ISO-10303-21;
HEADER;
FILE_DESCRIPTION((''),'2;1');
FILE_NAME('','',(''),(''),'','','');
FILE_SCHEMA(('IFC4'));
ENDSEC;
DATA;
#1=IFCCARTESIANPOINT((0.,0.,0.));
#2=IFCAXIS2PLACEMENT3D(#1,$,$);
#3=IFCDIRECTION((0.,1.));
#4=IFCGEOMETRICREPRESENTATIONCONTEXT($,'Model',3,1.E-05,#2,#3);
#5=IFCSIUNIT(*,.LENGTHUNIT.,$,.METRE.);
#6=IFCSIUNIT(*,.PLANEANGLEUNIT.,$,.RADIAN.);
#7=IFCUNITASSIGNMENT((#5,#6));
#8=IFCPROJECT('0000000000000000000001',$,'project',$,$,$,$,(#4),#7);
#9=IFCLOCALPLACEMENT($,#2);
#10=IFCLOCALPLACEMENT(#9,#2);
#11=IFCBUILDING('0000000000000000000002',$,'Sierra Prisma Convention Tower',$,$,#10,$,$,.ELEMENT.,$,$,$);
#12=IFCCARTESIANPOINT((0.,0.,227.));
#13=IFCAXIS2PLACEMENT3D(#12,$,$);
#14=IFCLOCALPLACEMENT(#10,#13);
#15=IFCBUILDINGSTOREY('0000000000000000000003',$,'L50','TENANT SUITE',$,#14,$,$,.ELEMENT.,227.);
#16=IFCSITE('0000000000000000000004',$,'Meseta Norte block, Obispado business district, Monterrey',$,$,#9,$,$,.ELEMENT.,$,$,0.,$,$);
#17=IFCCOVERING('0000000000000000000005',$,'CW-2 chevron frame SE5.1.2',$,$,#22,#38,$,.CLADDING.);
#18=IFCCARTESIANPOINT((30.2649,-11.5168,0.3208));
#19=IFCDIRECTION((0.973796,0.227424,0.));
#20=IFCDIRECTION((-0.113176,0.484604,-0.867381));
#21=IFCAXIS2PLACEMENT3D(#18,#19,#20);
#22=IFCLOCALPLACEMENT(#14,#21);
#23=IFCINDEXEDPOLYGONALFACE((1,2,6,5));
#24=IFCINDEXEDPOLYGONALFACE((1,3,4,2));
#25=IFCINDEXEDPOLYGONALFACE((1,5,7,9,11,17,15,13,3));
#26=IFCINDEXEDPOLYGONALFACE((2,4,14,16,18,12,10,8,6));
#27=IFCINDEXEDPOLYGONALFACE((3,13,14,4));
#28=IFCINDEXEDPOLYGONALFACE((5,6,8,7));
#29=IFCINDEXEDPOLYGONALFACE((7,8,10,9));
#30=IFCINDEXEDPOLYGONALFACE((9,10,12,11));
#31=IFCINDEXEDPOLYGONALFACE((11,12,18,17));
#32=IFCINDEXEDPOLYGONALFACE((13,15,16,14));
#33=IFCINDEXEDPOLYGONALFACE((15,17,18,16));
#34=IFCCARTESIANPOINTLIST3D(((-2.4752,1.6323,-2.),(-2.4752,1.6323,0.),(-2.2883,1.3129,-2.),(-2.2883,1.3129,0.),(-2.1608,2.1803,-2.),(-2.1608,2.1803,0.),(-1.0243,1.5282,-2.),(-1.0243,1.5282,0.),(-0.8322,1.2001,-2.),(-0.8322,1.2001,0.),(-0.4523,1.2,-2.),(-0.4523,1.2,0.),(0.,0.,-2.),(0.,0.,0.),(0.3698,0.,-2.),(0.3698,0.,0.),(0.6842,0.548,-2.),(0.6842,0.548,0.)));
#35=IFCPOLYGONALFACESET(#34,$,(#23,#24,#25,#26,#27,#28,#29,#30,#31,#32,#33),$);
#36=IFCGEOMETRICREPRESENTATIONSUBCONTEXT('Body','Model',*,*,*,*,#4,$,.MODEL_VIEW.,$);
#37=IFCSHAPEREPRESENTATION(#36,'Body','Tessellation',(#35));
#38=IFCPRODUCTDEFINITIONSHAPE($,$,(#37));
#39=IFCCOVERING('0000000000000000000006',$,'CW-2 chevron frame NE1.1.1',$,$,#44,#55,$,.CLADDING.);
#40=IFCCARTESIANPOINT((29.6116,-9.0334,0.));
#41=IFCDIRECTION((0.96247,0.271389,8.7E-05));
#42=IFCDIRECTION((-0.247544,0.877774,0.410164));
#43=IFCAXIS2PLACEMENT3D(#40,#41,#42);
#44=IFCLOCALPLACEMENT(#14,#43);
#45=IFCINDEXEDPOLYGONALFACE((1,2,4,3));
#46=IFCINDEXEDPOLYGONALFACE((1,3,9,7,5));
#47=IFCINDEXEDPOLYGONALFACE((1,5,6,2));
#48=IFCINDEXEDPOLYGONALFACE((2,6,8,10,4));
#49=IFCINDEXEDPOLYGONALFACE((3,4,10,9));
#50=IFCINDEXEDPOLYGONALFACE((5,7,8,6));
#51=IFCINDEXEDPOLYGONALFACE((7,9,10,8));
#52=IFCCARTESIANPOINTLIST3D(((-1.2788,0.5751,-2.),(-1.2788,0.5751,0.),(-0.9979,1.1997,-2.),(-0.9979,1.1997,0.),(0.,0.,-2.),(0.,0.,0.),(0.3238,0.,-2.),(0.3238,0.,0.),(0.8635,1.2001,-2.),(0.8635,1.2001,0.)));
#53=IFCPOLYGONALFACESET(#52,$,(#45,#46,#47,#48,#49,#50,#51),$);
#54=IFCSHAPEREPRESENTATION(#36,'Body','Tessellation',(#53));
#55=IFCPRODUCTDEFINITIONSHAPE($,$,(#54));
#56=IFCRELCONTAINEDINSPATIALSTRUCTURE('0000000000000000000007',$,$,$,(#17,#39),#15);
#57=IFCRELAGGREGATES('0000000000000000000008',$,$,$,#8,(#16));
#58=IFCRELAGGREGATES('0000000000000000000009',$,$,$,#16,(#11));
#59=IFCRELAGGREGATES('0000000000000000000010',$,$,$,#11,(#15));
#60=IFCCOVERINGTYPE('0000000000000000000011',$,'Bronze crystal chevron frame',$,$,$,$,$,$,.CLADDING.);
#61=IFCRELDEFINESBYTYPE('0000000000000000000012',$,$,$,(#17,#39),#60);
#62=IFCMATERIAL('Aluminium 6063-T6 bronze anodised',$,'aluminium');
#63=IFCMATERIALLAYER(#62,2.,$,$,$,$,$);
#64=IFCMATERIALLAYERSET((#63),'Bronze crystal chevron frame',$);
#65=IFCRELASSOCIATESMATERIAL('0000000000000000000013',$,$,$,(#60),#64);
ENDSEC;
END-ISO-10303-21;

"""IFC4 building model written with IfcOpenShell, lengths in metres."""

from ifc_helpers import new_model, si_unit, direction, frame, origin, place, context, subcontext, project, spatial, polyline, outline, extrude, material, layer, layer_set, type_object, element, save


model = new_model("IFC4")

# Units and contexts
model_context = context("Model", 3, precision=1e-05, world=origin(), true_north=direction((0.0, 1.0)))
body_context = subcontext(model_context, "Body", "Model", "MODEL_VIEW")
ifc_project = project(units=[si_unit("LENGTHUNIT", "METRE"), si_unit("PLANEANGLEUNIT", "RADIAN")], contexts=[model_context])

# Site, building, storey
site_placement = place(None, origin())
site = spatial("IfcSite", under=ifc_project, at=site_placement, Name="Meseta Norte block, Obispado business district, Monterrey", CompositionType="ELEMENT", RefElevation=0.0)
building_placement = place(site_placement, origin())
building = spatial("IfcBuilding", under=site, at=building_placement, Name="Sierra Prisma Convention Tower", CompositionType="ELEMENT")
storey_placement = place(building_placement, frame((0.0, 0.0, 227.0)))
storey = spatial("IfcBuildingStorey", under=building, at=storey_placement, Name="L50", Description="TENANT SUITE", CompositionType="ELEMENT", Elevation=227.0)

# Coverings
ifc_material_1 = material(Name="Aluminium 6063-T6 bronze anodised", Category="aluminium")
ifc_layer_1 = layer(ifc_material_1, 2.0)
ifc_layer_set_1 = layer_set([ifc_layer_1], Name="Bronze crystal chevron frame")
covering_type = type_object("IfcCoveringType", Name="Bronze crystal chevron frame", PredefinedType="CLADDING", material=ifc_layer_set_1)
covering_1_placement = place(storey_placement, frame((30.2649, -11.5168, 0.3208), z_axis=(0.973796, 0.227424, 0.0), x_axis=(-0.113176, 0.484604, -0.867381)))
element("IfcCovering", 1, at=covering_1_placement, inside=storey, type_object=covering_type, Name="CW-2 chevron frame SE5.1.2", PredefinedType="CLADDING", context=body_context, shape_type="SweptSolid", body=[
    extrude(outline(polyline([(0.0, 0.0), (0.3698, 0.0), (0.6842, 0.548), (-0.4523, 1.2), (-0.8322, 1.2001), (-1.0243, 1.5282), (-2.1608, 2.1803), (-2.4752, 1.6323), (-2.2883, 1.3129), (0.0, 0.0)])), origin(), (0.0, 0.0, -1.0), 2.0),
])
covering_2_placement = place(storey_placement, frame((29.6116, -9.0334, 0.0), z_axis=(0.96247, 0.271389, 0.000087), x_axis=(-0.247544, 0.877774, 0.410164)))
element("IfcCovering", 2, at=covering_2_placement, inside=storey, type_object=covering_type, Name="CW-2 chevron frame NE1.1.1", PredefinedType="CLADDING", context=body_context, shape_type="SweptSolid", body=[
    extrude(outline(polyline([(0.0, 0.0), (0.3238, 0.0), (0.8635, 1.2001), (-0.9979, 1.1997), (-1.2788, 0.5751), (0.0, 0.0)])), origin(), (0.0, 0.0, -1.0), 2.0),
])

save(model, "model.ifc")
